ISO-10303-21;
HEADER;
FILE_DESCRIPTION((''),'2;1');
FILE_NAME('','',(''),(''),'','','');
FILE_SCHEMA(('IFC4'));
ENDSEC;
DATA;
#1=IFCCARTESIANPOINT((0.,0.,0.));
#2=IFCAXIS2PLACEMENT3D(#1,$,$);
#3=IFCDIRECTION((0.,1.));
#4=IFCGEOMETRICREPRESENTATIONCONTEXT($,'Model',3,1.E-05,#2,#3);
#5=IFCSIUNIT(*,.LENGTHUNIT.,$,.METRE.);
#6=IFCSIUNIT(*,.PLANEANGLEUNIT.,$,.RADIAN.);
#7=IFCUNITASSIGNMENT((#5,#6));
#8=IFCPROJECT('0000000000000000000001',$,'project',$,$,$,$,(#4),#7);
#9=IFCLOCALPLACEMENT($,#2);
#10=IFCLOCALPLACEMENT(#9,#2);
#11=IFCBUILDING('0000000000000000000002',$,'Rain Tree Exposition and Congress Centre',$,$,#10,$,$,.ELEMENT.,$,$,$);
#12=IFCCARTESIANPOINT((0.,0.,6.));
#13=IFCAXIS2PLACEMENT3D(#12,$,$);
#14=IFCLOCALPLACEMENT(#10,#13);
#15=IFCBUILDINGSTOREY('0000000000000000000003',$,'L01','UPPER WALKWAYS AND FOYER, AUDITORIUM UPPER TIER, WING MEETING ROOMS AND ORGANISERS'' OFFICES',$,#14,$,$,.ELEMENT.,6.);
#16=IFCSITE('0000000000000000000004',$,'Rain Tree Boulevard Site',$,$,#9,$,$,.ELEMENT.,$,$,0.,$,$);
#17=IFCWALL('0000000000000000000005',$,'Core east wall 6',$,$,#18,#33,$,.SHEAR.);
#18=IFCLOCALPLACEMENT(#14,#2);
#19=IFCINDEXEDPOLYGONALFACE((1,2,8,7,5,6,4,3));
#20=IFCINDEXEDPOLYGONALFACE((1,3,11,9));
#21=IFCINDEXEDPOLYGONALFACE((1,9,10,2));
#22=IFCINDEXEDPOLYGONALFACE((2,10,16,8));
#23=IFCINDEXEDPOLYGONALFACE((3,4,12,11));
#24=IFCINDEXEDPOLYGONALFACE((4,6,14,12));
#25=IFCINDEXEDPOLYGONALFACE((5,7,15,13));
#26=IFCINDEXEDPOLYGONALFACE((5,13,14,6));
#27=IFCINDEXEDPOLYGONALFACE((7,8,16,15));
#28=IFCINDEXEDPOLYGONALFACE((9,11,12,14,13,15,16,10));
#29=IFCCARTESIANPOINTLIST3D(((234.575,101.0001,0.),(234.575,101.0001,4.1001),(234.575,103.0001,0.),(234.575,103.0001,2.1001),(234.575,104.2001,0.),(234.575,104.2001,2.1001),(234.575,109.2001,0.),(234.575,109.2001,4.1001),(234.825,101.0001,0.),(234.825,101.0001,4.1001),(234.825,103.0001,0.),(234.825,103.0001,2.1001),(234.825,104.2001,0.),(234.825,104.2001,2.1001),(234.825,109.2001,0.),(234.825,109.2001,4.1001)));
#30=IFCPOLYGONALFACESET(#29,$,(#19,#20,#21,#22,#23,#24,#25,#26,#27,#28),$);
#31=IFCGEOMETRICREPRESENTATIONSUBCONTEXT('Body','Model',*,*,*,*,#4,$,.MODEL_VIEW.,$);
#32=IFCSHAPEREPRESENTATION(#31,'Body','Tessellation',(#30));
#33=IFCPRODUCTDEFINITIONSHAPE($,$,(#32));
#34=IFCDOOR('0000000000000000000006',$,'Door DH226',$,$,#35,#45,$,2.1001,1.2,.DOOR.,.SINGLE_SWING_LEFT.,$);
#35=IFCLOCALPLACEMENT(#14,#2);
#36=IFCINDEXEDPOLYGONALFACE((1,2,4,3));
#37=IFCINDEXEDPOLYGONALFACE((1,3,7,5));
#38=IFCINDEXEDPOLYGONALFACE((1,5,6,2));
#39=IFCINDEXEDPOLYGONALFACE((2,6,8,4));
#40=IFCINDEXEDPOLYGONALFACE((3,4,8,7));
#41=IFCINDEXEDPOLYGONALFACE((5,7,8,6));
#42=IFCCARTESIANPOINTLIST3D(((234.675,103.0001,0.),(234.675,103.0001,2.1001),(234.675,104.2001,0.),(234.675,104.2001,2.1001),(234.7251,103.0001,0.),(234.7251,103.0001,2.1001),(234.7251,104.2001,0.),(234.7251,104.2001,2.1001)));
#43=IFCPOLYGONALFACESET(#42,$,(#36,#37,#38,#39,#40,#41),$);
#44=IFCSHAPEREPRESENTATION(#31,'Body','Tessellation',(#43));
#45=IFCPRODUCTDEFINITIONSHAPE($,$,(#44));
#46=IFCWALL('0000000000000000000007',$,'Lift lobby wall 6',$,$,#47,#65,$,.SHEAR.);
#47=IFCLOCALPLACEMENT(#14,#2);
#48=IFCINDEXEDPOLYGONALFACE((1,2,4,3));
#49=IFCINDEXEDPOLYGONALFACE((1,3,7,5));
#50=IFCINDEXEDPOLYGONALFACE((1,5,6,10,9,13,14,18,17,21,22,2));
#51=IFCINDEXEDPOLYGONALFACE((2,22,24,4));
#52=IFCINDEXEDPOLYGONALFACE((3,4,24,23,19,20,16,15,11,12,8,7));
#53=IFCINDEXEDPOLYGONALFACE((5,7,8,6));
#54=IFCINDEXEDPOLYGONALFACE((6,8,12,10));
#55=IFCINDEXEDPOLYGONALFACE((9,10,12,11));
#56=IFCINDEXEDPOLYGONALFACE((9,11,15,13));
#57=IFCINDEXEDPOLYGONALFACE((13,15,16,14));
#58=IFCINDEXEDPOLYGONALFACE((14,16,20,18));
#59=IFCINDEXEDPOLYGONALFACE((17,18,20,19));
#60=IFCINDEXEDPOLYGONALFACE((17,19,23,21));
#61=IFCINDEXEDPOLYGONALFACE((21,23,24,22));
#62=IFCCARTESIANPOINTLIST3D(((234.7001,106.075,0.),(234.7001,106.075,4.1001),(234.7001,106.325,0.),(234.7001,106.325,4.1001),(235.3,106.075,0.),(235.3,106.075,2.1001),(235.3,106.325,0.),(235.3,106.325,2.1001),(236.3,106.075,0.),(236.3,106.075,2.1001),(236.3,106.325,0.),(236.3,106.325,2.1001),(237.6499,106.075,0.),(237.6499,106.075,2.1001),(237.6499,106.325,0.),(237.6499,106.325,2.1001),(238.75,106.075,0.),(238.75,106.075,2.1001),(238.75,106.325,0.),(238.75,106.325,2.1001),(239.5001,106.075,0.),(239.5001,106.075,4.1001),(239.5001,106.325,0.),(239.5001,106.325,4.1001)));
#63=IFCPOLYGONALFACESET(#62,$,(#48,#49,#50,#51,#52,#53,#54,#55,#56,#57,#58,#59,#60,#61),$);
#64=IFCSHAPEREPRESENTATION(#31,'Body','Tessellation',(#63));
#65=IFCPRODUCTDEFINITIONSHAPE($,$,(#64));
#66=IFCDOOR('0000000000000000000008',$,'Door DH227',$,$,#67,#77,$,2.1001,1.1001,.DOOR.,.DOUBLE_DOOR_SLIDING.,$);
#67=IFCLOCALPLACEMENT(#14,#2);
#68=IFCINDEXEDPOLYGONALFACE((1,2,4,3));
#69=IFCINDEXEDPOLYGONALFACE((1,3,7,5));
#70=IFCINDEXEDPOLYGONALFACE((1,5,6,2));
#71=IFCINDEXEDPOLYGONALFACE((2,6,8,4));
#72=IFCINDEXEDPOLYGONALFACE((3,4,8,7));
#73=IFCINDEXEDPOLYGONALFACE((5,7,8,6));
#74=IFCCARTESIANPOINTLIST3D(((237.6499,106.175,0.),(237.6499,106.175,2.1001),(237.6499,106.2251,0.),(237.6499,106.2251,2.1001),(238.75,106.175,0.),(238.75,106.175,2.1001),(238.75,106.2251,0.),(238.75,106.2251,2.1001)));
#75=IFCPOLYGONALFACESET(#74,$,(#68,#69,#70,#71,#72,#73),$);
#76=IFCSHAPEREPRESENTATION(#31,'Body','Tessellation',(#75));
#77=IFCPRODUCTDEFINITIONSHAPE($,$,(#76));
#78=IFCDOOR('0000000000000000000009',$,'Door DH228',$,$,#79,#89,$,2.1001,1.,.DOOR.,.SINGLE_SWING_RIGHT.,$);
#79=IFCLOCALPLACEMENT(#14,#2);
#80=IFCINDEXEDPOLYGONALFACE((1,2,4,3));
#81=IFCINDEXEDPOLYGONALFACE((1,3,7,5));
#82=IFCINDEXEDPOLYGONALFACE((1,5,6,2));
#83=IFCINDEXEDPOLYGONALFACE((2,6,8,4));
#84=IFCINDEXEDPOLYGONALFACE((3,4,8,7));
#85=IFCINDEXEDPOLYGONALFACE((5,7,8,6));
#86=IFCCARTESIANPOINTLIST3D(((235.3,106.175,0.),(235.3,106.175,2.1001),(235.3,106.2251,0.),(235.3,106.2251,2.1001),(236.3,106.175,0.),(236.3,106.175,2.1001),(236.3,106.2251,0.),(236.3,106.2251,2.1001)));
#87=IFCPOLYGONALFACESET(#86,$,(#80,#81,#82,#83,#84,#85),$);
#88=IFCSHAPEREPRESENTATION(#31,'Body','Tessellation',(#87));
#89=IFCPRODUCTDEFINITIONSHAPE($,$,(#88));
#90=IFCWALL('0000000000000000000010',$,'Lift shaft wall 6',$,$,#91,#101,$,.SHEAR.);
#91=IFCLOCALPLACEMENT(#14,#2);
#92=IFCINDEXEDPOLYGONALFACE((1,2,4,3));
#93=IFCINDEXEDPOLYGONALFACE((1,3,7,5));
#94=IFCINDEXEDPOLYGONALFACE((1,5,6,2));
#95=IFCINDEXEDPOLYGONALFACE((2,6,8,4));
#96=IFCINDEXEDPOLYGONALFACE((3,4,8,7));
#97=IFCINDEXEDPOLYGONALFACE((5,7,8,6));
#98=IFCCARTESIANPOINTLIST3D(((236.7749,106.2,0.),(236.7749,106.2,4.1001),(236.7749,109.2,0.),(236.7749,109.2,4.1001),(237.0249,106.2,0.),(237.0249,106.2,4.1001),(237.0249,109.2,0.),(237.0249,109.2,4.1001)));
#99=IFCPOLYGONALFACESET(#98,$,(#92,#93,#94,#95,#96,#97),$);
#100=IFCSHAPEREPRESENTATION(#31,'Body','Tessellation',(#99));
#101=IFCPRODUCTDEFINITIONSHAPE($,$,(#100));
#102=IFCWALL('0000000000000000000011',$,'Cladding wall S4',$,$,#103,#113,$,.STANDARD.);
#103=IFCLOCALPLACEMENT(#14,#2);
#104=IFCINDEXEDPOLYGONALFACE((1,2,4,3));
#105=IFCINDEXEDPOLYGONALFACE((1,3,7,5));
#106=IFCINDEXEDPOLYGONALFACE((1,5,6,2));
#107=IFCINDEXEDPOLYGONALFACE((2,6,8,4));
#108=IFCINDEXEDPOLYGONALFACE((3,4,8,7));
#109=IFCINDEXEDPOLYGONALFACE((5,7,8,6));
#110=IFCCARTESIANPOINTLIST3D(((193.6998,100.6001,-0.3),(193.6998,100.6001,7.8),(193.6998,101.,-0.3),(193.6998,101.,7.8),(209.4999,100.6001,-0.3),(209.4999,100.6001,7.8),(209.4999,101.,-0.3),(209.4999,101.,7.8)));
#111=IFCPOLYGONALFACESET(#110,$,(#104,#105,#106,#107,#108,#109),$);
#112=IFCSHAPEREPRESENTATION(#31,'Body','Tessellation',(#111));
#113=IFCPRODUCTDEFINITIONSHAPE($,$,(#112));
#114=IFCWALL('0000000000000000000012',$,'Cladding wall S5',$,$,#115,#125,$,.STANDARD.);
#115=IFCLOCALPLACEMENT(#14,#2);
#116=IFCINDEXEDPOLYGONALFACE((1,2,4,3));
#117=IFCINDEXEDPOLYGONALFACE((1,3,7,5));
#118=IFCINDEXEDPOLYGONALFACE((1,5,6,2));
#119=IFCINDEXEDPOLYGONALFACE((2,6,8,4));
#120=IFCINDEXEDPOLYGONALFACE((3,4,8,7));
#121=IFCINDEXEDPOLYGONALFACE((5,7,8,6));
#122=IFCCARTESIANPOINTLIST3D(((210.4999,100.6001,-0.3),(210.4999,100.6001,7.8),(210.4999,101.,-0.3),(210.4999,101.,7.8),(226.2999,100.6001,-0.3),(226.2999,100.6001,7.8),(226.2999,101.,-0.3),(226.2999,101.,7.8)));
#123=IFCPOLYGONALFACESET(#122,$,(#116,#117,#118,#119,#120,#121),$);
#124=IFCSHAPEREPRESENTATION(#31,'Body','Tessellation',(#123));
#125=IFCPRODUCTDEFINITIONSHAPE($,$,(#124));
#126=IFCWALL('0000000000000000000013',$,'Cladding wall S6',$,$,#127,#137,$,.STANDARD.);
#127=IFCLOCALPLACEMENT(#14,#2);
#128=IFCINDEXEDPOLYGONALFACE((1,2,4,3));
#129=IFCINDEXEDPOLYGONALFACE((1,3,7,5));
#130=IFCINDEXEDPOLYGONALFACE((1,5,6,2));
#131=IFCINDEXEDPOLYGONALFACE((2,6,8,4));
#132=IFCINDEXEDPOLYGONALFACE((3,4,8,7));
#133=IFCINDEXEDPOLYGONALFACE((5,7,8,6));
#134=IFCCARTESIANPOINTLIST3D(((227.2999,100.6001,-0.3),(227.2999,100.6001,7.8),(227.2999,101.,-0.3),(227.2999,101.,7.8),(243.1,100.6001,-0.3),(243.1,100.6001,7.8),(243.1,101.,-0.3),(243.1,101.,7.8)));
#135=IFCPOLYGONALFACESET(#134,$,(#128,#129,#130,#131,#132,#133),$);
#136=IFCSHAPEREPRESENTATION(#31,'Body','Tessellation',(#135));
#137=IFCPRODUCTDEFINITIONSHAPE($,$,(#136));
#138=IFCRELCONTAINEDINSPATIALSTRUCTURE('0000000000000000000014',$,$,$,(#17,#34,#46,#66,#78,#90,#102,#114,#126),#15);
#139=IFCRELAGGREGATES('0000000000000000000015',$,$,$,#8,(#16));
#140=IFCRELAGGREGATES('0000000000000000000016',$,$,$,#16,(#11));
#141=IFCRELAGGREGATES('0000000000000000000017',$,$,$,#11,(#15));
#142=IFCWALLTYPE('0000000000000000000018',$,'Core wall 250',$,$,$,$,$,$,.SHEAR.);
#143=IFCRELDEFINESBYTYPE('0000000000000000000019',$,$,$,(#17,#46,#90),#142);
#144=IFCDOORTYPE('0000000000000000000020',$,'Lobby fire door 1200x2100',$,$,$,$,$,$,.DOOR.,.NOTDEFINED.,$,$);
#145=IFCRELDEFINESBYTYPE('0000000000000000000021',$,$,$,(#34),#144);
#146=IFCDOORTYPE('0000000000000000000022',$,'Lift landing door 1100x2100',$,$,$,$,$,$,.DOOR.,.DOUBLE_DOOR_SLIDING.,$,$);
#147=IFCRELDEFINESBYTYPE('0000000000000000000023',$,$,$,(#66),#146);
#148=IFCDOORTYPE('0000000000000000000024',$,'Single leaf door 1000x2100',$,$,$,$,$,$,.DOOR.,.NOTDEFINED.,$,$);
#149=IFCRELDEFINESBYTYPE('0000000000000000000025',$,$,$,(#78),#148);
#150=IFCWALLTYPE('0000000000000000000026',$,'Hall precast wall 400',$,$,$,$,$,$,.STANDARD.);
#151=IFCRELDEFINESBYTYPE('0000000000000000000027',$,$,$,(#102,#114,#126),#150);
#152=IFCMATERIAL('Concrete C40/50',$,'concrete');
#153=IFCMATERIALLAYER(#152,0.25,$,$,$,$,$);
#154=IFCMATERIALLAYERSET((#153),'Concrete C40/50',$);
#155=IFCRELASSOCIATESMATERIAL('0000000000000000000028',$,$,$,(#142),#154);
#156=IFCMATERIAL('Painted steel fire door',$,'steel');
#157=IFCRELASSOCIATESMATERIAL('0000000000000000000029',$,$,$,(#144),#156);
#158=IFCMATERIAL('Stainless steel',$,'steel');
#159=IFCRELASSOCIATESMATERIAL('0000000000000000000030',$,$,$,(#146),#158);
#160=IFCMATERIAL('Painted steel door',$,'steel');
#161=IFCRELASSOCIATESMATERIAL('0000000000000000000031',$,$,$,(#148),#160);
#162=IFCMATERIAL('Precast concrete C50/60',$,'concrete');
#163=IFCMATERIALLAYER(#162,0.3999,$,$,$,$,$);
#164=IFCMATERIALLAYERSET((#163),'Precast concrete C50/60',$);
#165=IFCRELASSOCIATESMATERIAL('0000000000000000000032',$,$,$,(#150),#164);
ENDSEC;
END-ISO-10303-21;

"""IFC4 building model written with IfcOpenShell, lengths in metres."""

from ifc_helpers import new_model, si_unit, direction, frame, frame_2d, origin, place, context, subcontext, project, spatial, rectangle, extrude, material, layer, layer_set, type_object, element, fill, save


model = new_model("IFC4")

# Units and contexts
model_context = context("Model", 3, precision=1e-05, world=origin(), true_north=direction((0.0, 1.0)))
body_context = subcontext(model_context, "Body", "Model", "MODEL_VIEW")
ifc_project = project(units=[si_unit("LENGTHUNIT", "METRE"), si_unit("PLANEANGLEUNIT", "RADIAN")], contexts=[model_context])

# Site, building, storey
site_placement = place(None, origin())
site = spatial("IfcSite", under=ifc_project, at=site_placement, Name="Rain Tree Boulevard Site", CompositionType="ELEMENT", RefElevation=0.0)
building_placement = place(site_placement, origin())
building = spatial("IfcBuilding", under=site, at=building_placement, Name="Rain Tree Exposition and Congress Centre", CompositionType="ELEMENT")
storey_placement = place(building_placement, frame((0.0, 0.0, 6.0)))
storey = spatial("IfcBuildingStorey", under=building, at=storey_placement, Name="L01", Description="UPPER WALKWAYS AND FOYER, AUDITORIUM UPPER TIER, WING MEETING ROOMS AND ORGANISERS' OFFICES", CompositionType="ELEMENT", Elevation=6.0)

# Wall, opening, door
ifc_material_1 = material(Name="Concrete C40/50", Category="concrete")
ifc_layer_1 = layer(ifc_material_1, 0.25)
ifc_layer_set_1 = layer_set([ifc_layer_1], Name="Concrete C40/50")
wall_type_1 = type_object("IfcWallType", Name="Core wall 250", PredefinedType="SHEAR", material=ifc_layer_set_1)
wall_1_placement = place(storey_placement, frame((234.7, 101.0, 0.0), z_axis=(0.0, 0.0, 1.0), x_axis=(0.0, 1.0, 0.0)))
wall_1 = element("IfcWall", 1, at=wall_1_placement, inside=storey, type_object=wall_type_1, Name="Core east wall 6", PredefinedType="SHEAR", context=body_context, shape_type="SweptSolid", body=[
    extrude(rectangle(XDim=8.2, YDim=0.25, at=frame_2d((4.1001, 0.0))), origin(), (0.0, 0.0, 1.0), 4.1001),
])
opening_1_placement = place(wall_1_placement, frame((2.0, 0.0, 0.0)))
opening_1 = element("IfcOpeningElement", 2, at=opening_1_placement, cuts=wall_1, PredefinedType="OPENING", context=body_context, shape_type="SweptSolid", body=[
    extrude(rectangle(XDim=1.2, YDim=2.1001, at=frame_2d((0.6001, 1.05))), frame((0.0, 0.125, 0.0), z_axis=(0.0, -1.0, 0.0), x_axis=(1.0, 0.0, 0.0)), (0.0, 0.0, 1.0), 0.25),
])
ifc_material_2 = material(Name="Painted steel fire door", Category="steel")
door_type_1 = type_object("IfcDoorType", Name="Lobby fire door 1200x2100", OperationType="NOTDEFINED", PredefinedType="DOOR", material=ifc_material_2)
door_1_placement = place(opening_1_placement, origin())
door_1 = element("IfcDoor", 3, at=door_1_placement, inside=storey, type_object=door_type_1, Name="Door DH226", OperationType="SINGLE_SWING_LEFT", OverallHeight=2.1001, OverallWidth=1.2, PredefinedType="DOOR", context=body_context, shape_type="SweptSolid", body=[
    extrude(rectangle(XDim=1.2, YDim=2.1001, at=frame_2d((0.6001, 1.05))), frame((0.0, 0.0249, 0.0), z_axis=(0.0, -1.0, 0.0), x_axis=(1.0, 0.0, 0.0)), (0.0, 0.0, 1.0), 0.05),
])
fill(opening_1, door_1)

# Wall, openings, doors
wall_2_placement = place(storey_placement, frame((239.5, 106.2, 0.0), z_axis=(0.0, 0.0, 1.0), x_axis=(-1.0, 0.0, 0.0)))
wall_2 = element("IfcWall", 4, at=wall_2_placement, inside=storey, type_object=wall_type_1, Name="Lift lobby wall 6", PredefinedType="SHEAR", context=body_context, shape_type="SweptSolid", body=[
    extrude(rectangle(XDim=4.8, YDim=0.25, at=frame_2d((2.3999, 0.0))), origin(), (0.0, 0.0, 1.0), 4.1001),
])
opening_2_placement = place(wall_2_placement, frame((0.75, 0.0, 0.0)))
opening_2 = element("IfcOpeningElement", 5, at=opening_2_placement, cuts=wall_2, PredefinedType="OPENING", context=body_context, shape_type="SweptSolid", body=[
    extrude(rectangle(XDim=1.1001, YDim=2.1001, at=frame_2d((0.55, 1.05))), frame((0.0, 0.125, 0.0), z_axis=(0.0, -1.0, 0.0), x_axis=(1.0, 0.0, 0.0)), (0.0, 0.0, 1.0), 0.25),
])
opening_3_placement = place(wall_2_placement, frame((3.2, 0.0, 0.0)))
opening_3 = element("IfcOpeningElement", 6, at=opening_3_placement, cuts=wall_2, PredefinedType="OPENING", context=body_context, shape_type="SweptSolid", body=[
    extrude(rectangle(XDim=1.0, YDim=2.1001, at=frame_2d((0.5, 1.05))), frame((0.0, 0.125, 0.0), z_axis=(0.0, -1.0, 0.0), x_axis=(1.0, 0.0, 0.0)), (0.0, 0.0, 1.0), 0.25),
])
ifc_material_3 = material(Name="Stainless steel", Category="steel")
door_type_2 = type_object("IfcDoorType", Name="Lift landing door 1100x2100", OperationType="DOUBLE_DOOR_SLIDING", PredefinedType="DOOR", material=ifc_material_3)
door_2_placement = place(opening_2_placement, origin())
door_2 = element("IfcDoor", 7, at=door_2_placement, inside=storey, type_object=door_type_2, Name="Door DH227", OperationType="DOUBLE_DOOR_SLIDING", OverallHeight=2.1001, OverallWidth=1.1001, PredefinedType="DOOR", context=body_context, shape_type="SweptSolid", body=[
    extrude(rectangle(XDim=1.1001, YDim=2.1001, at=frame_2d((0.55, 1.05))), frame((0.0, 0.0249, 0.0), z_axis=(0.0, -1.0, 0.0), x_axis=(1.0, 0.0, 0.0)), (0.0, 0.0, 1.0), 0.05),
])
fill(opening_2, door_2)
ifc_material_4 = material(Name="Painted steel door", Category="steel")
door_type_3 = type_object("IfcDoorType", Name="Single leaf door 1000x2100", OperationType="NOTDEFINED", PredefinedType="DOOR", material=ifc_material_4)
door_3_placement = place(opening_3_placement, origin())
door_3 = element("IfcDoor", 8, at=door_3_placement, inside=storey, type_object=door_type_3, Name="Door DH228", OperationType="SINGLE_SWING_RIGHT", OverallHeight=2.1001, OverallWidth=1.0, PredefinedType="DOOR", context=body_context, shape_type="SweptSolid", body=[
    extrude(rectangle(XDim=1.0, YDim=2.1001, at=frame_2d((0.5, 1.05))), frame((0.0, 0.0249, 0.0), z_axis=(0.0, -1.0, 0.0), x_axis=(1.0, 0.0, 0.0)), (0.0, 0.0, 1.0), 0.05),
])
fill(opening_3, door_3)

# Walls
wall_3_placement = place(storey_placement, frame((236.8999, 106.2, 0.0), z_axis=(0.0, 0.0, 1.0), x_axis=(0.0, 1.0, 0.0)))
element("IfcWall", 9, at=wall_3_placement, inside=storey, type_object=wall_type_1, Name="Lift shaft wall 6", PredefinedType="SHEAR", context=body_context, shape_type="SweptSolid", body=[
    extrude(rectangle(XDim=3.0, YDim=0.25, at=frame_2d((1.5, 0.0))), origin(), (0.0, 0.0, 1.0), 4.1001),
])
ifc_material_5 = material(Name="Precast concrete C50/60", Category="concrete")
ifc_layer_2 = layer(ifc_material_5, 0.3999)
ifc_layer_set_2 = layer_set([ifc_layer_2], Name="Precast concrete C50/60")
wall_type_2 = type_object("IfcWallType", Name="Hall precast wall 400", PredefinedType="STANDARD", material=ifc_layer_set_2)
for number, where, z_axis, x_axis, name in (
    (10, (193.7, 100.8, -0.3), (0.0, 0.0, 1.0), (1.0, 0.0, 0.0), "Cladding wall S4"),
    (11, (210.5, 100.8, -0.3), (0.0, 0.0, 1.0), (1.0, 0.0, 0.0), "Cladding wall S5"),
    (12, (227.3, 100.8, -0.3), (0.0, 0.0, 1.0), (1.0, 0.0, 0.0), "Cladding wall S6"),
):
    element("IfcWall", number, at=place(storey_placement, frame(where, z_axis=z_axis, x_axis=x_axis)), inside=storey, type_object=wall_type_2, Name=name, PredefinedType="STANDARD", context=body_context, shape_type="SweptSolid", body=[
        extrude(rectangle(XDim=15.8, YDim=0.3999, at=frame_2d((7.8999, 0.0))), origin(), (0.0, 0.0, 1.0), 8.1001),
    ])

save(model, "model.ifc")
